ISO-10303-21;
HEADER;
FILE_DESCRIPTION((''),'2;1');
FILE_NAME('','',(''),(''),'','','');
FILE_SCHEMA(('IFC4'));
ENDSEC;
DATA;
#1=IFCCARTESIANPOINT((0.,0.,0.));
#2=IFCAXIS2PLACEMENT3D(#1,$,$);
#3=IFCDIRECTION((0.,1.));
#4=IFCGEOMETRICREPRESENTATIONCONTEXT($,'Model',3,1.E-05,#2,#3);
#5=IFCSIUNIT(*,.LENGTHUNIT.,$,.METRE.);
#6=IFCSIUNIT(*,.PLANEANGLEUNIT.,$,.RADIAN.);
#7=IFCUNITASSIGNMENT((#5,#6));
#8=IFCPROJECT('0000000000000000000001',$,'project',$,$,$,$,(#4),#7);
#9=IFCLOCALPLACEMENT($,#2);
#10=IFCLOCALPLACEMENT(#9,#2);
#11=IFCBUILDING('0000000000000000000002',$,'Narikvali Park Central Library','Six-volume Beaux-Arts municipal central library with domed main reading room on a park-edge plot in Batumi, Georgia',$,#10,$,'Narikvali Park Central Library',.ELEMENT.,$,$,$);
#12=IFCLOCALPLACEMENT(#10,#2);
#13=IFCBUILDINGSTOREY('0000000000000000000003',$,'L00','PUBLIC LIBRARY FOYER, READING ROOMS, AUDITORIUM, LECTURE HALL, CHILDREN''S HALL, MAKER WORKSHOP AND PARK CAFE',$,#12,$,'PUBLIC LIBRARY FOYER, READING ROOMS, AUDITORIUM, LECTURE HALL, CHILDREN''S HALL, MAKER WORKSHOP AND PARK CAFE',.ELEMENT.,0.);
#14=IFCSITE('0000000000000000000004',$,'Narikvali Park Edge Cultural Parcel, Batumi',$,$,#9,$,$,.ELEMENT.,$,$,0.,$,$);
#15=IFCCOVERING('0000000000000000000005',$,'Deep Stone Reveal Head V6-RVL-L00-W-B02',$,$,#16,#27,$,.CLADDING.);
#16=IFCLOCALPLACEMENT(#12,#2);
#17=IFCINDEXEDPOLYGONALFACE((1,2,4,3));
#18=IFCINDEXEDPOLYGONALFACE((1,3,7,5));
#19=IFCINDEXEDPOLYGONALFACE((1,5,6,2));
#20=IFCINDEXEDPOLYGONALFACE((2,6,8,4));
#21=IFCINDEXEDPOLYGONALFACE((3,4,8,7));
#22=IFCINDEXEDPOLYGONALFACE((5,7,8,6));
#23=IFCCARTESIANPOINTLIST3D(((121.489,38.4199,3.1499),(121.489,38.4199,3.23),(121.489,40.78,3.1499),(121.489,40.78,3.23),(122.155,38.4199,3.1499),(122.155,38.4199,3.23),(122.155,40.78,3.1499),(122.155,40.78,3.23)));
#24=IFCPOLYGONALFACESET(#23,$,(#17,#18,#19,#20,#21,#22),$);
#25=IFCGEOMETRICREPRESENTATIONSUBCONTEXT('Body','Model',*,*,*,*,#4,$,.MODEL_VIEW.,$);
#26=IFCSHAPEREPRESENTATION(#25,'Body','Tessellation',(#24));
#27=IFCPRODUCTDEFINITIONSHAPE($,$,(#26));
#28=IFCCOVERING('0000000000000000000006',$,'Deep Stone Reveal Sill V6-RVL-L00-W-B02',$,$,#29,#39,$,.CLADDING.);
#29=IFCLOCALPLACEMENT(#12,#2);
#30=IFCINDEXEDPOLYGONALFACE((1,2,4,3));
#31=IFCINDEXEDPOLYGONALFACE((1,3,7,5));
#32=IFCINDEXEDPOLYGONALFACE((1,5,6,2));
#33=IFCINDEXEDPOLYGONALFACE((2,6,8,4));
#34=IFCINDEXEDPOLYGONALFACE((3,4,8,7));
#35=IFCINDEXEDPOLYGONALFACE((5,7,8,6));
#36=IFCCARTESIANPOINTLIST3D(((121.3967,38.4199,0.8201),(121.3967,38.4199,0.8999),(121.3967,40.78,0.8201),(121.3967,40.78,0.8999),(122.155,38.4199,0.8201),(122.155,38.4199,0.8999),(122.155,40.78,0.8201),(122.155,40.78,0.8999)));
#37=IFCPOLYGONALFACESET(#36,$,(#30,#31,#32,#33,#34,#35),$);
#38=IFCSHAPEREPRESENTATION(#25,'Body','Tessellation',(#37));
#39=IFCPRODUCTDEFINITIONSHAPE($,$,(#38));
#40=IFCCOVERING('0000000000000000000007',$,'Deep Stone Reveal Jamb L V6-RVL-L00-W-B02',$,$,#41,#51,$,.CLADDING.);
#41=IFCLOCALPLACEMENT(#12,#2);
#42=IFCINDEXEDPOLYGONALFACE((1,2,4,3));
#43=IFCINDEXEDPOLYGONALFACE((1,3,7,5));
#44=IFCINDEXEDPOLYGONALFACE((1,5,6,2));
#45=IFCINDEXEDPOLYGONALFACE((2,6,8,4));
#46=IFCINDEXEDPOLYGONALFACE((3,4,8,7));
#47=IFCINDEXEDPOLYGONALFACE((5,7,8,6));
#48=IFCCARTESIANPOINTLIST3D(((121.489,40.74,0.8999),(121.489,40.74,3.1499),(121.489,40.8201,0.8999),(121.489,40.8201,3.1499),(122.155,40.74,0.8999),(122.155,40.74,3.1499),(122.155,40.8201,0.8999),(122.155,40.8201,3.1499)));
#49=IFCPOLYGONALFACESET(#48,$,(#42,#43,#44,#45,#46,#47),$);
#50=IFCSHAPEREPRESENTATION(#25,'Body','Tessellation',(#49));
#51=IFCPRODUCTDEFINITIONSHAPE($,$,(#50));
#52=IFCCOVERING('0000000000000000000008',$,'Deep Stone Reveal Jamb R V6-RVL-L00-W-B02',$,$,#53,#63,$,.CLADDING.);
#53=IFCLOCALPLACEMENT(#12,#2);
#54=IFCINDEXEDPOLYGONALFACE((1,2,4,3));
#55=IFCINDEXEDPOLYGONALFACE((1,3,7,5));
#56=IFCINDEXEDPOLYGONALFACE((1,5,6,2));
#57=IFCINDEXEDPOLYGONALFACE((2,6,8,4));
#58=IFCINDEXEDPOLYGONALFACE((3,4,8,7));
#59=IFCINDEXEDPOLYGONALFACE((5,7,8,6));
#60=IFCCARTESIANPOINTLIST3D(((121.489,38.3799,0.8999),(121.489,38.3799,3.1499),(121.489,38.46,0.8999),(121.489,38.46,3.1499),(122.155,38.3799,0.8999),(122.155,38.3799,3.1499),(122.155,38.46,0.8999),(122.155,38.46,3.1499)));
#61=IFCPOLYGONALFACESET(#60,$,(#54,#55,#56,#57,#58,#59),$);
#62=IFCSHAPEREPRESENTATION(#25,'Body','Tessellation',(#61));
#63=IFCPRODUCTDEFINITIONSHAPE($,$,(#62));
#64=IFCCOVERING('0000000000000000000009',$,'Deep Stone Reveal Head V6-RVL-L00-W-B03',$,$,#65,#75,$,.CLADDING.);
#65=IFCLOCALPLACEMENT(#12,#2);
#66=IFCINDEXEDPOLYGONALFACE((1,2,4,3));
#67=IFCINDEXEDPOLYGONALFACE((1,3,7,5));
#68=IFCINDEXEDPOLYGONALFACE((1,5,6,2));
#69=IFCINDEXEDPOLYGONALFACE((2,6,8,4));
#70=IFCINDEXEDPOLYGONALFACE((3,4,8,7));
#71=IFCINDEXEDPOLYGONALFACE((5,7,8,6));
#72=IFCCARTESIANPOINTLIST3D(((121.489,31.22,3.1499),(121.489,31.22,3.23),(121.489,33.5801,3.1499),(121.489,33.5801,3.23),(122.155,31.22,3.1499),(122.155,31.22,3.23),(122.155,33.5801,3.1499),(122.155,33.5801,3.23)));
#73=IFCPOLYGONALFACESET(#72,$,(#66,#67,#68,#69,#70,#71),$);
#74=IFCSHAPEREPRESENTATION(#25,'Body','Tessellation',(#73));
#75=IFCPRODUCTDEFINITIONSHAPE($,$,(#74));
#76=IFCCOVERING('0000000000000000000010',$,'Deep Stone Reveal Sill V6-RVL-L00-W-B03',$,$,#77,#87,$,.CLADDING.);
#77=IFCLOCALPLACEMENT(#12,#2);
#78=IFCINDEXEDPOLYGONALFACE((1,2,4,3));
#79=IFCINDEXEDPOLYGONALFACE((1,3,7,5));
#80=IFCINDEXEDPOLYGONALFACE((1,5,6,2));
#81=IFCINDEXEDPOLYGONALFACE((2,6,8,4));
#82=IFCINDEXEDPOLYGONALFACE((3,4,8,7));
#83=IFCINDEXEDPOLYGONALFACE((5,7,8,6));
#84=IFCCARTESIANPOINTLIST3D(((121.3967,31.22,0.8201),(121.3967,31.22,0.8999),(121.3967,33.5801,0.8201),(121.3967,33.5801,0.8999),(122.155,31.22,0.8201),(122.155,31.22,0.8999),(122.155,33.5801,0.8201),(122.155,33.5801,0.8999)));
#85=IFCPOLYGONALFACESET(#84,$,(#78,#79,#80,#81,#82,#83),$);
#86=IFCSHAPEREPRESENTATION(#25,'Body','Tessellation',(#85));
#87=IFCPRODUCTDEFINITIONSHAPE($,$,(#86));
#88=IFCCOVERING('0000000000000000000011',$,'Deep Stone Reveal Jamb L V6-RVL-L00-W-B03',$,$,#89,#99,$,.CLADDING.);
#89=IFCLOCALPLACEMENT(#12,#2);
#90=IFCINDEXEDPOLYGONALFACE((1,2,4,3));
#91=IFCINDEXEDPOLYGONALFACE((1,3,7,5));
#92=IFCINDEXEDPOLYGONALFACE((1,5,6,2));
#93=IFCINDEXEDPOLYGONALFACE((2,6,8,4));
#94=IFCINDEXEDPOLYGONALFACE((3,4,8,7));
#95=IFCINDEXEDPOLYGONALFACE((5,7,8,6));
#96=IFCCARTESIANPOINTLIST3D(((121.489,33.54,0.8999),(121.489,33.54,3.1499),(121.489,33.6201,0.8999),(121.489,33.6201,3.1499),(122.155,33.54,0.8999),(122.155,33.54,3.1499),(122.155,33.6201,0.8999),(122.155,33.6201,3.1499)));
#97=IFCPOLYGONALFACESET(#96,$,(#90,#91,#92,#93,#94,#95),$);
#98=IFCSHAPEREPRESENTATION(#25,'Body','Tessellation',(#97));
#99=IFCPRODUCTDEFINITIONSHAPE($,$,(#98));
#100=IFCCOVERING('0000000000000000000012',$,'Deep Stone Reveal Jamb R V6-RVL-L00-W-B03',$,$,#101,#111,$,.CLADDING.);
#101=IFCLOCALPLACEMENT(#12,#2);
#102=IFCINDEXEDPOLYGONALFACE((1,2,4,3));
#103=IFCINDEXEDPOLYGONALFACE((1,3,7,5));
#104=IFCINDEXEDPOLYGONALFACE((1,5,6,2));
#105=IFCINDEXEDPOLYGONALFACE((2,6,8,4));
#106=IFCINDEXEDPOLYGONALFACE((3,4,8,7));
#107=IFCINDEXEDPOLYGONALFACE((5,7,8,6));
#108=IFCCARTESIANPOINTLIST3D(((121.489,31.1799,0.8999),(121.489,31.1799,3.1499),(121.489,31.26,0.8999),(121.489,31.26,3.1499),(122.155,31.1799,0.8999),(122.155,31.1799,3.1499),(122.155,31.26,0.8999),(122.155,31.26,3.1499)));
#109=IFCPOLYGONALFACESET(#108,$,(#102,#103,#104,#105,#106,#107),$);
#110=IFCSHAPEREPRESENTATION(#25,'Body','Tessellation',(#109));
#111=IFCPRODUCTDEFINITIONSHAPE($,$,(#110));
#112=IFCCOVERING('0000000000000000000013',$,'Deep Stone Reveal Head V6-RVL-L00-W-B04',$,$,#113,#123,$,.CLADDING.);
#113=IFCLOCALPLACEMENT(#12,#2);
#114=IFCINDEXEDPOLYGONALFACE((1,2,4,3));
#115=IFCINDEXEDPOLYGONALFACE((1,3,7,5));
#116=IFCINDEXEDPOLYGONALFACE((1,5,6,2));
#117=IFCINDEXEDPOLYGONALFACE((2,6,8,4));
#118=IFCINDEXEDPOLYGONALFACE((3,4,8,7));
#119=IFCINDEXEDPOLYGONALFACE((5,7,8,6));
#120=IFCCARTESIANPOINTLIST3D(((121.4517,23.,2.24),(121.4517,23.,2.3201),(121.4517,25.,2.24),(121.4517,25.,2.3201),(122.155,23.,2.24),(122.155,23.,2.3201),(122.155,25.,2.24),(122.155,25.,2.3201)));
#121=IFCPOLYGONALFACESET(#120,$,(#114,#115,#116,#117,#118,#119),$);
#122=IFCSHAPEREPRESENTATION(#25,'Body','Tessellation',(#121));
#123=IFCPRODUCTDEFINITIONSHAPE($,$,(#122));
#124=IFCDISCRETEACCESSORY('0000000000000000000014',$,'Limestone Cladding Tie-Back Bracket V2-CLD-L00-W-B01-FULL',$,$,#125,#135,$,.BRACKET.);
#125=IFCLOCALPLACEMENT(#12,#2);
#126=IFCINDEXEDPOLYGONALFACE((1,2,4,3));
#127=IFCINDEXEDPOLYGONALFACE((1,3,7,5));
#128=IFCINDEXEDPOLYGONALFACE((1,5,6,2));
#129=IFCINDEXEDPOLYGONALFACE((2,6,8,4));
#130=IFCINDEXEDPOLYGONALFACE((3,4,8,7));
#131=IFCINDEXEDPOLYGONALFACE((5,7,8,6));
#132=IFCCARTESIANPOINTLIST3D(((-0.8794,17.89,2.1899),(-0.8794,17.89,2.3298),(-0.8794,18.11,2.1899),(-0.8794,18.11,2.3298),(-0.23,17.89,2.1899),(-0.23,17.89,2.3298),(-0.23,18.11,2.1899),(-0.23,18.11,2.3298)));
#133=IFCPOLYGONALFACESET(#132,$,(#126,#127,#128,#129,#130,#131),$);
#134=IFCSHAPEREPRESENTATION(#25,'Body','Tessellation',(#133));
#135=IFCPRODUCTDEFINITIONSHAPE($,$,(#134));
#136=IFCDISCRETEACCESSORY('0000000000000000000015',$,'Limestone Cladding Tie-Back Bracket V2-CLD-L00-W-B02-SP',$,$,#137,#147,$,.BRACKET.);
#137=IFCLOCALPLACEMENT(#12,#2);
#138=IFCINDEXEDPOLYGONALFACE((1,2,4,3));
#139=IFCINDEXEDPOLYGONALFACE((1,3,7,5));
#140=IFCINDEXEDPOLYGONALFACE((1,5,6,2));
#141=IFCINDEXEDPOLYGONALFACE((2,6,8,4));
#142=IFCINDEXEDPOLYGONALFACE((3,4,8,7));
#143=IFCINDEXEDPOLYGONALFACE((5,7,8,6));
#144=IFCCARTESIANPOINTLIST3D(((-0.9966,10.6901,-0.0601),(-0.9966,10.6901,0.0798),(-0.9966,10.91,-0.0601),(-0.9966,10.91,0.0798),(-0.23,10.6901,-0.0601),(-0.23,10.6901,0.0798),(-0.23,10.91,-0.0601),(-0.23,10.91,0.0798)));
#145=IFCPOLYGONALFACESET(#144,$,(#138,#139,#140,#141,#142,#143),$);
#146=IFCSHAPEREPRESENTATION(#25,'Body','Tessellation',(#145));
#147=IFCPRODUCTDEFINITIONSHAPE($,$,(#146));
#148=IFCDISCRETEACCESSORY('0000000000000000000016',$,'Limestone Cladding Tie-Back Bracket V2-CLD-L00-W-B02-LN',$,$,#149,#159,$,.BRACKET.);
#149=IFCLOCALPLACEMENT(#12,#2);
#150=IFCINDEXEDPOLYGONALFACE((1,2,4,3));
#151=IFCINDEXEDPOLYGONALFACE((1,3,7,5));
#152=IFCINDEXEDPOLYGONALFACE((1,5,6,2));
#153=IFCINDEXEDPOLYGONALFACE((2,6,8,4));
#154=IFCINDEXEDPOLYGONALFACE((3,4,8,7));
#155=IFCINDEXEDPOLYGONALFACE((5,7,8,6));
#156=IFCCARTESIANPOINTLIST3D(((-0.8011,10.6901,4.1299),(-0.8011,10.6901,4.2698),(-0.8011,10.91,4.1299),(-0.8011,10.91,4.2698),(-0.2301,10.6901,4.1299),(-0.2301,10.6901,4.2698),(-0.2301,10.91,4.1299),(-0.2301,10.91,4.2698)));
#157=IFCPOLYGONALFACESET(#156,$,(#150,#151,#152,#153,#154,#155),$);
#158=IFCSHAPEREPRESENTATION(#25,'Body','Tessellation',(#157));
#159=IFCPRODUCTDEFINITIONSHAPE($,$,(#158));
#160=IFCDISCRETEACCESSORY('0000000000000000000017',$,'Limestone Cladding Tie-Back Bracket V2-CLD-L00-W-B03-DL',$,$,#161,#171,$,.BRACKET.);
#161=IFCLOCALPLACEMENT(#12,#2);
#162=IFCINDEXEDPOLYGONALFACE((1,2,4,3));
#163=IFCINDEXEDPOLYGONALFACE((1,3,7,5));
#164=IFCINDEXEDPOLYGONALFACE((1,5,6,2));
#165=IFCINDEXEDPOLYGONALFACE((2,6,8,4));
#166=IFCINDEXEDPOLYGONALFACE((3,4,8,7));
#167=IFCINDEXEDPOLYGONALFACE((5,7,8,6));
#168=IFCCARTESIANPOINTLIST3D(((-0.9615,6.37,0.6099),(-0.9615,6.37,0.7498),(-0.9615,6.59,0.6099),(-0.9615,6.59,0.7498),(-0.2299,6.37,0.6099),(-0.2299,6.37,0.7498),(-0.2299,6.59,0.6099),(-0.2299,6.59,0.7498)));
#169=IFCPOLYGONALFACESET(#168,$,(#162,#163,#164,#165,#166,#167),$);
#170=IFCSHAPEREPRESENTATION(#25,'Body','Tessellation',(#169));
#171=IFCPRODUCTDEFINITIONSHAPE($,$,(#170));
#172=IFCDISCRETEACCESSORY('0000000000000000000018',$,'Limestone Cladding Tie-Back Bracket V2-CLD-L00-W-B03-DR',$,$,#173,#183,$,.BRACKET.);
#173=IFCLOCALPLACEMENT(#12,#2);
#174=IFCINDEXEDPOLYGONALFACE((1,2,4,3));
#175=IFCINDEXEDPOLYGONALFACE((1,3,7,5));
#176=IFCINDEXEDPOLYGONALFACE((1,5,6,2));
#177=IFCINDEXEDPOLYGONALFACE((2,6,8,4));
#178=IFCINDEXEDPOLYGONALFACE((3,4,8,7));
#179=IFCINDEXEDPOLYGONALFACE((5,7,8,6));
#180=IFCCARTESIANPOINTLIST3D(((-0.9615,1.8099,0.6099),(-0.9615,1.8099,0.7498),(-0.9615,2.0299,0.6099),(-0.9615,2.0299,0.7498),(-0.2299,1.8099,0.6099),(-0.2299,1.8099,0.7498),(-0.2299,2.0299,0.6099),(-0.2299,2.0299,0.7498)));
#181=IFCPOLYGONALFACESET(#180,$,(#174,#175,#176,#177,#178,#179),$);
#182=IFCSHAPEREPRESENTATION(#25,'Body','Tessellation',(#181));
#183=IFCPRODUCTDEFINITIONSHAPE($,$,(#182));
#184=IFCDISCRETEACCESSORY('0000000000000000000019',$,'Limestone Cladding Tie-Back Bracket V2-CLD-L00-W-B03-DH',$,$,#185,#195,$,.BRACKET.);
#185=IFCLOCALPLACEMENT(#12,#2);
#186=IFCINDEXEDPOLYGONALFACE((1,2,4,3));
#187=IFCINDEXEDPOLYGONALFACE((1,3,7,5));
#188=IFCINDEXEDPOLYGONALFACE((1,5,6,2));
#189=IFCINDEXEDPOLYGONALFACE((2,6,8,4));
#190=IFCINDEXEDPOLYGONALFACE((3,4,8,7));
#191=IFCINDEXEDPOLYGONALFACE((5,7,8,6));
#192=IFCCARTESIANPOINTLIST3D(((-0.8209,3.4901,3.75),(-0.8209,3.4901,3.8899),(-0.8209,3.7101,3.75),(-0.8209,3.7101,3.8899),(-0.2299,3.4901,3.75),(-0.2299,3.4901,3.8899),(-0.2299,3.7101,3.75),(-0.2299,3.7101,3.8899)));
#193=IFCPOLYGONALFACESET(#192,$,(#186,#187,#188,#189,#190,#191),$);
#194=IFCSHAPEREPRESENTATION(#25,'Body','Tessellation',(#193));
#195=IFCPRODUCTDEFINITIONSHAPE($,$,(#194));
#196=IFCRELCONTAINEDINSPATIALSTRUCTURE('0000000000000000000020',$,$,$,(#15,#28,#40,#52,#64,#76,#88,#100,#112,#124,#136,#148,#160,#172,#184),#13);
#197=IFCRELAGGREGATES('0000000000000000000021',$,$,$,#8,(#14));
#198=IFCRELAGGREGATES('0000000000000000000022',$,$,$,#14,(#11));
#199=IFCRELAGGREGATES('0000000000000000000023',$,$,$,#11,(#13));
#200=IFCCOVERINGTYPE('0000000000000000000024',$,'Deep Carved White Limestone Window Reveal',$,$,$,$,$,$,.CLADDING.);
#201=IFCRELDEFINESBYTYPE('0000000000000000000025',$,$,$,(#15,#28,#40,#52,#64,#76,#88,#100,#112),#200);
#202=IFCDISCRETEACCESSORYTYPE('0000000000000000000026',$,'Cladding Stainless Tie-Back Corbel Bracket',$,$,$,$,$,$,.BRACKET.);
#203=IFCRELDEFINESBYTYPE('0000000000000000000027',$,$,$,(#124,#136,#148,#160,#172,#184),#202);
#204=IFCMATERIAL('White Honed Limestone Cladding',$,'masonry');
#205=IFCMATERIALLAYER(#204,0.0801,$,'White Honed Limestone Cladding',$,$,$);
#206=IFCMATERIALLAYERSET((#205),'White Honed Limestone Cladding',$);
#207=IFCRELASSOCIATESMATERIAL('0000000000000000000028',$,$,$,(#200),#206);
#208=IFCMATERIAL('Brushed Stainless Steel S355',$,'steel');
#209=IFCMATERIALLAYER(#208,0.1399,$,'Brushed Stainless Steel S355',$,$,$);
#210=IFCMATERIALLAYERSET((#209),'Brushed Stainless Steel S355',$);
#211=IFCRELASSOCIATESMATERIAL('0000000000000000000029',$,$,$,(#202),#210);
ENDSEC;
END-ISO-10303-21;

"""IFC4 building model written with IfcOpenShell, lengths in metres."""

from ifc_helpers import new_model, si_unit, direction, frame, origin, origin_2d, place, context, subcontext, project, spatial, polyline, rectangle, outline, extrude, material, layer, layer_set, type_object, element, save


model = new_model("IFC4")

# Units and contexts
model_context = context("Model", 3, precision=1e-05, world=origin(), true_north=direction((0.0, 1.0)))
body_context = subcontext(model_context, "Body", "Model", "MODEL_VIEW")
ifc_project = project(units=[si_unit("LENGTHUNIT", "METRE"), si_unit("PLANEANGLEUNIT", "RADIAN")], contexts=[model_context])

# Site, building, storey
site_placement = place(None, origin())
site = spatial("IfcSite", under=ifc_project, at=site_placement, Name="Narikvali Park Edge Cultural Parcel, Batumi", CompositionType="ELEMENT", RefElevation=0.0)
building_placement = place(site_placement, origin())
building = spatial("IfcBuilding", under=site, at=building_placement, Name="Narikvali Park Central Library", Description="Six-volume Beaux-Arts municipal central library with domed main reading room on a park-edge plot in Batumi, Georgia", LongName="Narikvali Park Central Library", CompositionType="ELEMENT")
storey_placement = place(building_placement, origin())
storey = spatial("IfcBuildingStorey", under=building, at=storey_placement, Name="L00", Description="PUBLIC LIBRARY FOYER, READING ROOMS, AUDITORIUM, LECTURE HALL, CHILDREN'S HALL, MAKER WORKSHOP AND PARK CAFE", LongName="PUBLIC LIBRARY FOYER, READING ROOMS, AUDITORIUM, LECTURE HALL, CHILDREN'S HALL, MAKER WORKSHOP AND PARK CAFE", CompositionType="ELEMENT", Elevation=0.0)

# Coverings
ifc_material_1 = material(Name="White Honed Limestone Cladding", Category="masonry")
ifc_layer_1 = layer(ifc_material_1, 0.0801, Name="White Honed Limestone Cladding")
ifc_layer_set_1 = layer_set([ifc_layer_1], Name="White Honed Limestone Cladding")
covering_type_1 = type_object("IfcCoveringType", Name="Deep Carved White Limestone Window Reveal", PredefinedType="CLADDING", material=ifc_layer_set_1)
covering_1_placement = place(storey_placement, frame((0.0, 0.0, 3.1499)))
element("IfcCovering", 1, at=covering_1_placement, inside=storey, type_object=covering_type_1, Name="Deep Stone Reveal Head V6-RVL-L00-W-B02", PredefinedType="CLADDING", context=body_context, shape_type="SweptSolid", body=[
    extrude(outline(polyline([(122.155, 40.78), (122.155, 38.4199), (121.489, 38.4199), (121.489, 40.78), (122.155, 40.78)])), origin(), (0.0, 0.0, 1.0), 0.0801),
])
covering_2_placement = place(storey_placement, frame((0.0, 0.0, 0.8201)))
element("IfcCovering", 2, at=covering_2_placement, inside=storey, type_object=covering_type_1, Name="Deep Stone Reveal Sill V6-RVL-L00-W-B02", PredefinedType="CLADDING", context=body_context, shape_type="SweptSolid", body=[
    extrude(outline(polyline([(122.155, 40.78), (122.155, 38.4199), (121.3967, 38.4199), (121.3967, 40.78), (122.155, 40.78)])), origin(), (0.0, 0.0, 1.0), 0.0798),
])
covering_3_placement = place(storey_placement, frame((0.0, 0.0, 0.8999)))
element("IfcCovering", 3, at=covering_3_placement, inside=storey, type_object=covering_type_1, Name="Deep Stone Reveal Jamb L V6-RVL-L00-W-B02", PredefinedType="CLADDING", context=body_context, shape_type="SweptSolid", body=[
    extrude(outline(polyline([(122.155, 40.8201), (122.155, 40.74), (121.489, 40.74), (121.489, 40.8201), (122.155, 40.8201)])), origin(), (0.0, 0.0, 1.0), 2.25),
])
covering_4_placement = place(storey_placement, frame((0.0, 0.0, 0.8999)))
element("IfcCovering", 4, at=covering_4_placement, inside=storey, type_object=covering_type_1, Name="Deep Stone Reveal Jamb R V6-RVL-L00-W-B02", PredefinedType="CLADDING", context=body_context, shape_type="SweptSolid", body=[
    extrude(outline(polyline([(122.155, 38.46), (122.155, 38.3799), (121.489, 38.3799), (121.489, 38.46), (122.155, 38.46)])), origin(), (0.0, 0.0, 1.0), 2.25),
])
covering_5_placement = place(storey_placement, frame((0.0, 0.0, 3.1499)))
element("IfcCovering", 5, at=covering_5_placement, inside=storey, type_object=covering_type_1, Name="Deep Stone Reveal Head V6-RVL-L00-W-B03", PredefinedType="CLADDING", context=body_context, shape_type="SweptSolid", body=[
    extrude(outline(polyline([(122.155, 33.5801), (122.155, 31.22), (121.489, 31.22), (121.489, 33.5801), (122.155, 33.5801)])), origin(), (0.0, 0.0, 1.0), 0.0801),
])
covering_6_placement = place(storey_placement, frame((0.0, 0.0, 0.8201)))
element("IfcCovering", 6, at=covering_6_placement, inside=storey, type_object=covering_type_1, Name="Deep Stone Reveal Sill V6-RVL-L00-W-B03", PredefinedType="CLADDING", context=body_context, shape_type="SweptSolid", body=[
    extrude(outline(polyline([(122.155, 33.5801), (122.155, 31.22), (121.3967, 31.22), (121.3967, 33.5801), (122.155, 33.5801)])), origin(), (0.0, 0.0, 1.0), 0.0798),
])
covering_7_placement = place(storey_placement, frame((0.0, 0.0, 0.8999)))
element("IfcCovering", 7, at=covering_7_placement, inside=storey, type_object=covering_type_1, Name="Deep Stone Reveal Jamb L V6-RVL-L00-W-B03", PredefinedType="CLADDING", context=body_context, shape_type="SweptSolid", body=[
    extrude(outline(polyline([(122.155, 33.6201), (122.155, 33.54), (121.489, 33.54), (121.489, 33.6201), (122.155, 33.6201)])), origin(), (0.0, 0.0, 1.0), 2.25),
])
covering_8_placement = place(storey_placement, frame((0.0, 0.0, 0.8999)))
element("IfcCovering", 8, at=covering_8_placement, inside=storey, type_object=covering_type_1, Name="Deep Stone Reveal Jamb R V6-RVL-L00-W-B03", PredefinedType="CLADDING", context=body_context, shape_type="SweptSolid", body=[
    extrude(outline(polyline([(122.155, 31.26), (122.155, 31.1799), (121.489, 31.1799), (121.489, 31.26), (122.155, 31.26)])), origin(), (0.0, 0.0, 1.0), 2.25),
])
covering_9_placement = place(storey_placement, frame((0.0, 0.0, 2.24)))
element("IfcCovering", 9, at=covering_9_placement, inside=storey, type_object=covering_type_1, Name="Deep Stone Reveal Head V6-RVL-L00-W-B04", PredefinedType="CLADDING", context=body_context, shape_type="SweptSolid", body=[
    extrude(outline(polyline([(122.155, 25.0), (122.155, 23.0), (121.4517, 23.0), (121.4517, 25.0), (122.155, 25.0)])), origin(), (0.0, 0.0, 1.0), 0.0801),
])

# Discrete accessories
ifc_material_2 = material(Name="Brushed Stainless Steel S355", Category="steel")
ifc_layer_2 = layer(ifc_material_2, 0.1399, Name="Brushed Stainless Steel S355")
ifc_layer_set_2 = layer_set([ifc_layer_2], Name="Brushed Stainless Steel S355")
discrete_accessory_type = type_object("IfcDiscreteAccessoryType", Name="Cladding Stainless Tie-Back Corbel Bracket", PredefinedType="BRACKET", material=ifc_layer_set_2)
discrete_accessory_1_placement = place(storey_placement, frame((-0.5547, 18.0, 2.1899), z_axis=(0.0, 0.0, 1.0), x_axis=(1.0, 0.0, 0.0)))
element("IfcDiscreteAccessory", 10, at=discrete_accessory_1_placement, inside=storey, type_object=discrete_accessory_type, Name="Limestone Cladding Tie-Back Bracket V2-CLD-L00-W-B01-FULL", PredefinedType="BRACKET", context=body_context, shape_type="SweptSolid", body=[
    extrude(rectangle(XDim=0.6494, YDim=0.22, at=origin_2d()), origin(), (0.0, 0.0, 1.0), 0.1399),
])
discrete_accessory_2_placement = place(storey_placement, frame((-0.6133, 10.8, -0.0601), z_axis=(0.0, 0.0, 1.0), x_axis=(1.0, 0.0, 0.0)))
element("IfcDiscreteAccessory", 11, at=discrete_accessory_2_placement, inside=storey, type_object=discrete_accessory_type, Name="Limestone Cladding Tie-Back Bracket V2-CLD-L00-W-B02-SP", PredefinedType="BRACKET", context=body_context, shape_type="SweptSolid", body=[
    extrude(rectangle(XDim=0.7666, YDim=0.22, at=origin_2d()), origin(), (0.0, 0.0, 1.0), 0.1399),
])
discrete_accessory_3_placement = place(storey_placement, frame((-0.5156, 10.8, 4.1299), z_axis=(0.0, 0.0, 1.0), x_axis=(1.0, 0.0, 0.0)))
element("IfcDiscreteAccessory", 12, at=discrete_accessory_3_placement, inside=storey, type_object=discrete_accessory_type, Name="Limestone Cladding Tie-Back Bracket V2-CLD-L00-W-B02-LN", PredefinedType="BRACKET", context=body_context, shape_type="SweptSolid", body=[
    extrude(rectangle(XDim=0.571, YDim=0.22, at=origin_2d()), origin(), (0.0, 0.0, 1.0), 0.1399),
])
for number, where, z_axis, x_axis, name in (
    (13, (-0.5957, 6.48, 0.6099), (0.0, 0.0, 1.0), (1.0, 0.0, 0.0), "Limestone Cladding Tie-Back Bracket V2-CLD-L00-W-B03-DL"),
    (14, (-0.5957, 1.9199, 0.6099), (0.0, 0.0, 1.0), (1.0, 0.0, 0.0), "Limestone Cladding Tie-Back Bracket V2-CLD-L00-W-B03-DR"),
):
    element("IfcDiscreteAccessory", number, at=place(storey_placement, frame(where, z_axis=z_axis, x_axis=x_axis)), inside=storey, type_object=discrete_accessory_type, Name=name, PredefinedType="BRACKET", context=body_context, shape_type="SweptSolid", body=[
        extrude(rectangle(XDim=0.7317, YDim=0.22, at=origin_2d()), origin(), (0.0, 0.0, 1.0), 0.1399),
    ])
discrete_accessory_4_placement = place(storey_placement, frame((-0.5254, 3.6001, 3.75), z_axis=(0.0, 0.0, 1.0), x_axis=(1.0, 0.0, 0.0)))
element("IfcDiscreteAccessory", 15, at=discrete_accessory_4_placement, inside=storey, type_object=discrete_accessory_type, Name="Limestone Cladding Tie-Back Bracket V2-CLD-L00-W-B03-DH", PredefinedType="BRACKET", context=body_context, shape_type="SweptSolid", body=[
    extrude(rectangle(XDim=0.5911, YDim=0.22, at=origin_2d()), origin(), (0.0, 0.0, 1.0), 0.1399),
])

save(model, "model.ifc")
